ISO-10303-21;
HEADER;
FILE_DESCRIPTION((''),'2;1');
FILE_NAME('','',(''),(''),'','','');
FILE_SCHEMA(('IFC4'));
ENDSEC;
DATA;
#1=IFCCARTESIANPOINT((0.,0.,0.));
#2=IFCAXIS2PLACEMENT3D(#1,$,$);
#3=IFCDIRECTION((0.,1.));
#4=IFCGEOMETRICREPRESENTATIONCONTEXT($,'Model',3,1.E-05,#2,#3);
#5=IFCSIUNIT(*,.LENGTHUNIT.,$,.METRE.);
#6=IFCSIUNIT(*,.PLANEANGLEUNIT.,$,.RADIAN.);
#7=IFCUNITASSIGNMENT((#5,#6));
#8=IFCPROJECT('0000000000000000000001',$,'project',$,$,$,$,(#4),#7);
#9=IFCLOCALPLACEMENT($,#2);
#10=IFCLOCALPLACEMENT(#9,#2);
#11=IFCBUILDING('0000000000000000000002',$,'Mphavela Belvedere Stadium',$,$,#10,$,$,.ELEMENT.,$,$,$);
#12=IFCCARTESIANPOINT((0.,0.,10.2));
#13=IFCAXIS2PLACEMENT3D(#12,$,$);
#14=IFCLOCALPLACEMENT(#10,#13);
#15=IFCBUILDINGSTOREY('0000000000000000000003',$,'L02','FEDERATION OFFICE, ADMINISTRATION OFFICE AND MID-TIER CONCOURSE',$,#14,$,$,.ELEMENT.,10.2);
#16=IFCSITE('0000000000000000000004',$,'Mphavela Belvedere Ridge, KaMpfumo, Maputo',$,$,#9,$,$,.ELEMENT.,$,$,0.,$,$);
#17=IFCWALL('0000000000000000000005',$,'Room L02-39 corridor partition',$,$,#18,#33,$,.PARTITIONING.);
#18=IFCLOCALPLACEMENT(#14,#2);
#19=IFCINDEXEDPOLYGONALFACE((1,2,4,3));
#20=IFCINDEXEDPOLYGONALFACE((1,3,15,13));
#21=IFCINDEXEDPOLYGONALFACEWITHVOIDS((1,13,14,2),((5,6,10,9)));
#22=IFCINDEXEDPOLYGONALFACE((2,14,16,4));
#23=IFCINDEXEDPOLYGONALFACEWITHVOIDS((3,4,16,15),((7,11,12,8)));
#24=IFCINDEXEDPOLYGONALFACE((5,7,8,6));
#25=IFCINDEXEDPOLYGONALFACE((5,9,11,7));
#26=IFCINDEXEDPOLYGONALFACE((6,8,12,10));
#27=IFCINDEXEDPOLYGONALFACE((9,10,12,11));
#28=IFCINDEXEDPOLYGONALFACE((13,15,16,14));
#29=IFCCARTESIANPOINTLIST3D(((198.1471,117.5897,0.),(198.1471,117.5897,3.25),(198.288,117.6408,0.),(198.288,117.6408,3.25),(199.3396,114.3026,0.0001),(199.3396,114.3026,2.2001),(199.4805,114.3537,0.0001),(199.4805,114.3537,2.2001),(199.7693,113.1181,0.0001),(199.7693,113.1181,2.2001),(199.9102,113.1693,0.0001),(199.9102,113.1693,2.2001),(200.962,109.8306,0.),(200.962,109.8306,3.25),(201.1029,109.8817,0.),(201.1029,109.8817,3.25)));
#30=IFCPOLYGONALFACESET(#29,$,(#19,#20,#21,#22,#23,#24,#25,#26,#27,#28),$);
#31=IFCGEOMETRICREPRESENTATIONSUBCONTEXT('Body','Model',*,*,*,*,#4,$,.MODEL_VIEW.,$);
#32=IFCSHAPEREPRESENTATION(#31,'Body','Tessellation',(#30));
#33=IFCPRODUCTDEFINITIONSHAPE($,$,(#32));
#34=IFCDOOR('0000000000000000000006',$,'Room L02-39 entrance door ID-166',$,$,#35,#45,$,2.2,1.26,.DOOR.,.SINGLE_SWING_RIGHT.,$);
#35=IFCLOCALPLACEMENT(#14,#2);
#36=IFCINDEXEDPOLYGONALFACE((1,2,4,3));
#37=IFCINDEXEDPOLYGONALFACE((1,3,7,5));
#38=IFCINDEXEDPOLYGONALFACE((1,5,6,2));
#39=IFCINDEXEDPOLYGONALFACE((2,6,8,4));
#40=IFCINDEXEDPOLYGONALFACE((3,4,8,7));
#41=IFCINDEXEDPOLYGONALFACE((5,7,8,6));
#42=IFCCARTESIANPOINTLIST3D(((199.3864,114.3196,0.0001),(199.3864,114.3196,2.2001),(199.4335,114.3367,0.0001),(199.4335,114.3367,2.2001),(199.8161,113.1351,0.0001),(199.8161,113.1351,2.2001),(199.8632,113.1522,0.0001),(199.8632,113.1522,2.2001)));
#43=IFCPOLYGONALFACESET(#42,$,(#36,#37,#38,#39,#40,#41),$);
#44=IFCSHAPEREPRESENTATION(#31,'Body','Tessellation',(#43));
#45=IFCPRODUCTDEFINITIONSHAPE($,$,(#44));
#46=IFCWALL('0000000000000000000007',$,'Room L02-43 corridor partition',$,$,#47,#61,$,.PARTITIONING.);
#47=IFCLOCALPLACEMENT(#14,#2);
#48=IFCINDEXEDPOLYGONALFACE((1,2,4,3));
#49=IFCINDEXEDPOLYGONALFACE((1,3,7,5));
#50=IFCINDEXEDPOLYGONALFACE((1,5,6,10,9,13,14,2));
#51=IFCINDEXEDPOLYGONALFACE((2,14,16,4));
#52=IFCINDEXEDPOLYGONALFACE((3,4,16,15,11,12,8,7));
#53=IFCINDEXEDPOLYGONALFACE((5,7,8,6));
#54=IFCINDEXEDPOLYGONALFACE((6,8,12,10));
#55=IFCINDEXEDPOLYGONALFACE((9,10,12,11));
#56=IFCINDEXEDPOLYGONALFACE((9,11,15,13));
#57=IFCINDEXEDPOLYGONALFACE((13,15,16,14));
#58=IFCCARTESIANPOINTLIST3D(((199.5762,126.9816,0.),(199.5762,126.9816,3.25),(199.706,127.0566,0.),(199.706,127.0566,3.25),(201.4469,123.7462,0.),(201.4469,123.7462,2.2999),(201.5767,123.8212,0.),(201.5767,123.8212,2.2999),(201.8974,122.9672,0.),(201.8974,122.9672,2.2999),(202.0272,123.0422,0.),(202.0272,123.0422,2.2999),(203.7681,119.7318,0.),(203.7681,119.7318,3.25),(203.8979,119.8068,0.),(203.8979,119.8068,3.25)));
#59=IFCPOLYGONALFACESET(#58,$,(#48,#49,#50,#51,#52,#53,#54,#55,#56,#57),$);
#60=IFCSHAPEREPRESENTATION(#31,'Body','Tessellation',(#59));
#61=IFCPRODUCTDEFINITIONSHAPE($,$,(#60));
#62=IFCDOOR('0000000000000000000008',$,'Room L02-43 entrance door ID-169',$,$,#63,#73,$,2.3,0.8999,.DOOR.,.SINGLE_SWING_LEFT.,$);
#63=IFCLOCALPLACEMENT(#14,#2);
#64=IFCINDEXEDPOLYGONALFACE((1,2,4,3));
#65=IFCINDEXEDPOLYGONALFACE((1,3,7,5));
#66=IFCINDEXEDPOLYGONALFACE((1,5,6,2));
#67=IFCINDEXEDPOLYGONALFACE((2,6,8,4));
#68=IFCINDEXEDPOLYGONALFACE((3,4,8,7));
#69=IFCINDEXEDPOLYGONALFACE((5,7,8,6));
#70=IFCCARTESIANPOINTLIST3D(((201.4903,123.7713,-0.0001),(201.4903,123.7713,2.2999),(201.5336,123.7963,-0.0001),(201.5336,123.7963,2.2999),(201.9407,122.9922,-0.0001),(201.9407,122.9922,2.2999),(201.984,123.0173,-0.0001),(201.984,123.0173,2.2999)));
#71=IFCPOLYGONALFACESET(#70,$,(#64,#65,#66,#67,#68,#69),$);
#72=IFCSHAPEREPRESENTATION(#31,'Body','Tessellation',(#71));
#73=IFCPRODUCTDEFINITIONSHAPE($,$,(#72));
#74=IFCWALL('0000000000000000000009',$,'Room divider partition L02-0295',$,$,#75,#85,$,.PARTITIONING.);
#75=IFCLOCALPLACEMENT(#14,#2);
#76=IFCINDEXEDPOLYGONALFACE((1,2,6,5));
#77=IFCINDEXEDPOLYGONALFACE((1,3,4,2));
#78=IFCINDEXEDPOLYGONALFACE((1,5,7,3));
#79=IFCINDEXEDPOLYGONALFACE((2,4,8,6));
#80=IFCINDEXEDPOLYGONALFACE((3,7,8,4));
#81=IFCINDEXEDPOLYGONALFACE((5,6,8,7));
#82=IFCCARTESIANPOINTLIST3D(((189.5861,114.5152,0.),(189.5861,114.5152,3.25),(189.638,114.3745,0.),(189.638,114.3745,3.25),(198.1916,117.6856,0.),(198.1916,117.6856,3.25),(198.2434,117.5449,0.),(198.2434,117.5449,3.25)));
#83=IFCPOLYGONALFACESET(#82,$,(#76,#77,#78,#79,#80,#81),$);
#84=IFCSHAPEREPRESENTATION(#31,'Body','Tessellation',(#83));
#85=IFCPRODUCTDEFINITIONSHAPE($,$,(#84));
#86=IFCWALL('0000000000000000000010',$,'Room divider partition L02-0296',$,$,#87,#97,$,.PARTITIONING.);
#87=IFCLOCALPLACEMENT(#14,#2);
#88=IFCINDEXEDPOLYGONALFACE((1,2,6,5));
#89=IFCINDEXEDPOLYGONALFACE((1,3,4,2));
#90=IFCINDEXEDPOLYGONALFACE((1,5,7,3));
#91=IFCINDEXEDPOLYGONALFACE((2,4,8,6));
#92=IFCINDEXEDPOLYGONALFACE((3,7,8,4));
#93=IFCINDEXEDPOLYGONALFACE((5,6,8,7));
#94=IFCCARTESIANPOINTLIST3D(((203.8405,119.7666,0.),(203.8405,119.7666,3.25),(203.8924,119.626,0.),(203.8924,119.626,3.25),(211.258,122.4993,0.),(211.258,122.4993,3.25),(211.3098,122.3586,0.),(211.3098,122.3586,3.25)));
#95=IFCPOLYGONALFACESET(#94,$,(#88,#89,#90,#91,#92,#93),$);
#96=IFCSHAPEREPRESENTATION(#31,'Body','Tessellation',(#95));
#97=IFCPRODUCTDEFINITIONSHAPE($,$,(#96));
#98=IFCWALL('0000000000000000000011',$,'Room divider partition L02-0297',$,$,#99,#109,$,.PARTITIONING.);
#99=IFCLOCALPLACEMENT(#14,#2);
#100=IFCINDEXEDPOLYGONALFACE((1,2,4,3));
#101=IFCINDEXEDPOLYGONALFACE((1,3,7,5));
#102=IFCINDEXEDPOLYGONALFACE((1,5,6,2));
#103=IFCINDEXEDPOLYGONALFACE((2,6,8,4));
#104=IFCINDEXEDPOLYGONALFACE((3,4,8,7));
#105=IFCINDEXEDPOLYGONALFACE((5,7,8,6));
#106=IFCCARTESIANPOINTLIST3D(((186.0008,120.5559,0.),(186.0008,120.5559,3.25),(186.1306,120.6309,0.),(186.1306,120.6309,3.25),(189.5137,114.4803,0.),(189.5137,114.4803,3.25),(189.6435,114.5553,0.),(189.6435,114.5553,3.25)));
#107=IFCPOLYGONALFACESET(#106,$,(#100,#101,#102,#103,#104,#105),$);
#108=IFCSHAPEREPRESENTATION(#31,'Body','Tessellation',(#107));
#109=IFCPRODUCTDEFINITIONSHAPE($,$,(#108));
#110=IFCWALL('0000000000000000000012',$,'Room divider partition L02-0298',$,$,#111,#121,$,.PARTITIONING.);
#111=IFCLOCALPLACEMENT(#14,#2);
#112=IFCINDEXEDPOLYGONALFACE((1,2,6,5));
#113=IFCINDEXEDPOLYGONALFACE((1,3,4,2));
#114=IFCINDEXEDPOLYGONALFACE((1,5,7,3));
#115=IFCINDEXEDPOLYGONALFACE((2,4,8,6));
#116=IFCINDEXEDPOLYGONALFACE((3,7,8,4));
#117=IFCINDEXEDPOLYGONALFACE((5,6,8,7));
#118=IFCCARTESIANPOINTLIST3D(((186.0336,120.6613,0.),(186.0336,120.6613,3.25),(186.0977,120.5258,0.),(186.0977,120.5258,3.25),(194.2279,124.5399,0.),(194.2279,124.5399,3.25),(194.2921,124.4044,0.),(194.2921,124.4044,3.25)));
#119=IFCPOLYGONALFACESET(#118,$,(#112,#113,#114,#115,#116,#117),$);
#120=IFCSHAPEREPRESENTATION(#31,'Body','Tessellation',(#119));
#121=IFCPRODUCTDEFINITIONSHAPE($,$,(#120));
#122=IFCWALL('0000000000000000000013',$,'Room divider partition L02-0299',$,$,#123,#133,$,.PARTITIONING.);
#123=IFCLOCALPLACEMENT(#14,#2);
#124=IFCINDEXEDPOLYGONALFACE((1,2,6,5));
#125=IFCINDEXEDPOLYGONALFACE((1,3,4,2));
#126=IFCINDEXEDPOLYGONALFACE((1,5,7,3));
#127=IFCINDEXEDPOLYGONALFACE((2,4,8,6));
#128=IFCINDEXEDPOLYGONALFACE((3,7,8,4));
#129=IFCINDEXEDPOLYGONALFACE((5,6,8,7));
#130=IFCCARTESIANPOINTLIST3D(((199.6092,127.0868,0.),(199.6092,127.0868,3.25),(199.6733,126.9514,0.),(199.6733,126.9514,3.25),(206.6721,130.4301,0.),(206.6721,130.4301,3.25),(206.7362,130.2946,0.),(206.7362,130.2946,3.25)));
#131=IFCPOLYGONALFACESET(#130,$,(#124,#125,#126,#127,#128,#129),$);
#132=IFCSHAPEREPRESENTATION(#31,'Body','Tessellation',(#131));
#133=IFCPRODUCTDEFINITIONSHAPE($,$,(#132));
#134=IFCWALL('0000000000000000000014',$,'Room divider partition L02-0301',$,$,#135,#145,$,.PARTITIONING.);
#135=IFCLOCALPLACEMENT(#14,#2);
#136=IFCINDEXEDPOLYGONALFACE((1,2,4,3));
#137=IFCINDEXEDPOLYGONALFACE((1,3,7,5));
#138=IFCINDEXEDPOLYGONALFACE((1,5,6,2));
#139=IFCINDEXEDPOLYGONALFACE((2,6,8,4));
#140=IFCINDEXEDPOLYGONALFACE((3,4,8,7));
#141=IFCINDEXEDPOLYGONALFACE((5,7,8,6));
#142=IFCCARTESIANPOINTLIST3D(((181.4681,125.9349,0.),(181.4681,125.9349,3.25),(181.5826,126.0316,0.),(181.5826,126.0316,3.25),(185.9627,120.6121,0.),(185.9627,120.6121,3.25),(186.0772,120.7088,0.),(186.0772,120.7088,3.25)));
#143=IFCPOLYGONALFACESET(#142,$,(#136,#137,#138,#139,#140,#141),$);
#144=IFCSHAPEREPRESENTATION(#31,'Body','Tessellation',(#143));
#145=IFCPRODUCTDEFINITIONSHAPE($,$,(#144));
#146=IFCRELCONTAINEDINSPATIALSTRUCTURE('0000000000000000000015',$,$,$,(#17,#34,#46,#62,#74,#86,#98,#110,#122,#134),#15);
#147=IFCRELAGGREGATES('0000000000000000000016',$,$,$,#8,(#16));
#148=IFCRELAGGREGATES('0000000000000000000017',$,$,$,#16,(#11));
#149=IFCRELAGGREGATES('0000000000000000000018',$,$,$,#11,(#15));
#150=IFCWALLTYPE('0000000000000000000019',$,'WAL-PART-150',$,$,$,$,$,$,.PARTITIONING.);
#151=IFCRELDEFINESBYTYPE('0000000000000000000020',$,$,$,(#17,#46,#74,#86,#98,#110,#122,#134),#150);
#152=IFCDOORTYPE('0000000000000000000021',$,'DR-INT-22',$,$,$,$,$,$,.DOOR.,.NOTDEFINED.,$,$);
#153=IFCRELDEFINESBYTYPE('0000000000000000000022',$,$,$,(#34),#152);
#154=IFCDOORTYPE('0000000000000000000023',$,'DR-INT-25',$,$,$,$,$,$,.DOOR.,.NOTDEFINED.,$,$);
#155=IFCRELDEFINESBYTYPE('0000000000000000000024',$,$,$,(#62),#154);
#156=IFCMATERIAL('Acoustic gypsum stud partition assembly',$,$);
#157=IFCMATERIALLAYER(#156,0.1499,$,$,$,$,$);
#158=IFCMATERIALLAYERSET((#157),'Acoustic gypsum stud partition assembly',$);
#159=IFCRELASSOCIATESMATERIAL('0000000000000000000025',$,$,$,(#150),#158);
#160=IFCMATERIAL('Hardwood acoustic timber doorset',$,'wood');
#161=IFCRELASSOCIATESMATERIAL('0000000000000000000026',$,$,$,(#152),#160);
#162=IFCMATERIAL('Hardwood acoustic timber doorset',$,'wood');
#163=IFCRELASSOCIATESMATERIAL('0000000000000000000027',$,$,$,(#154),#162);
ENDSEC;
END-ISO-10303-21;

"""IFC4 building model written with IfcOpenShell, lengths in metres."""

from ifc_helpers import new_model, si_unit, direction, frame, frame_2d, origin, place, context, subcontext, project, spatial, rectangle, extrude, material, layer, layer_set, type_object, element, fill, save


model = new_model("IFC4")

# Units and contexts
model_context = context("Model", 3, precision=1e-05, world=origin(), true_north=direction((0.0, 1.0)))
body_context = subcontext(model_context, "Body", "Model", "MODEL_VIEW")
ifc_project = project(units=[si_unit("LENGTHUNIT", "METRE"), si_unit("PLANEANGLEUNIT", "RADIAN")], contexts=[model_context])

# Site, building, storey
site_placement = place(None, origin())
site = spatial("IfcSite", under=ifc_project, at=site_placement, Name="Mphavela Belvedere Ridge, KaMpfumo, Maputo", CompositionType="ELEMENT", RefElevation=0.0)
building_placement = place(site_placement, origin())
building = spatial("IfcBuilding", under=site, at=building_placement, Name="Mphavela Belvedere Stadium", CompositionType="ELEMENT")
storey_placement = place(building_placement, frame((0.0, 0.0, 10.2)))
storey = spatial("IfcBuildingStorey", under=building, at=storey_placement, Name="L02", Description="FEDERATION OFFICE, ADMINISTRATION OFFICE AND MID-TIER CONCOURSE", CompositionType="ELEMENT", Elevation=10.2)

# Walls, openings, doors
ifc_material_1 = material(Name="Acoustic gypsum stud partition assembly")
ifc_layer_1 = layer(ifc_material_1, 0.1499)
ifc_layer_set_1 = layer_set([ifc_layer_1], Name="Acoustic gypsum stud partition assembly")
wall_type_1 = type_object("IfcWallType", Name="WAL-PART-150", PredefinedType="PARTITIONING", material=ifc_layer_set_1)
wall_1_placement = place(storey_placement, frame((198.2175, 117.6152, 0.0), z_axis=(0.0, 0.0, 1.0), x_axis=(0.341045, -0.940047, 0.0)))
wall_1 = element("IfcWall", 1, at=wall_1_placement, inside=storey, type_object=wall_type_1, Name="Room L02-39 corridor partition", PredefinedType="PARTITIONING", context=body_context, shape_type="SweptSolid", body=[
    extrude(rectangle(XDim=8.2539, YDim=0.1499, at=frame_2d((4.127, 0.0))), origin(), (0.0, 0.0, 1.0), 3.25),
])
opening_1_placement = place(wall_1_placement, frame((3.4968, 0.0, 0.0)))
opening_1 = element("IfcOpeningElement", 2, at=opening_1_placement, cuts=wall_1, PredefinedType="OPENING", context=body_context, shape_type="SweptSolid", body=[
    extrude(rectangle(XDim=1.26, YDim=2.2, at=frame_2d((0.6299, 1.1001))), frame((0.0, 0.085, 0.0), z_axis=(0.0, -1.0, 0.0), x_axis=(1.0, 0.0, 0.0)), (0.0, 0.0, 1.0), 0.1699),
])
ifc_material_2 = material(Name="Hardwood acoustic timber doorset", Category="wood")
door_type_1 = type_object("IfcDoorType", Name="DR-INT-22", OperationType="NOTDEFINED", PredefinedType="DOOR", material=ifc_material_2)
door_1_placement = place(opening_1_placement, origin())
door_1 = element("IfcDoor", 3, at=door_1_placement, inside=storey, type_object=door_type_1, Name="Room L02-39 entrance door ID-166", OperationType="SINGLE_SWING_RIGHT", OverallHeight=2.2, OverallWidth=1.26, PredefinedType="DOOR", context=body_context, shape_type="SweptSolid", body=[
    extrude(rectangle(XDim=1.26, YDim=2.2, at=frame_2d((0.6299, 1.1001))), frame((0.0, 0.0249, 0.0), z_axis=(0.0, -1.0, 0.0), x_axis=(1.0, 0.0, 0.0)), (0.0, 0.0, 1.0), 0.05),
])
fill(opening_1, door_1)
wall_2_placement = place(storey_placement, frame((203.833, 119.7693, 0.0), z_axis=(0.0, 0.0, 1.0), x_axis=(-0.500559, 0.865702, 0.0)))
wall_2 = element("IfcWall", 4, at=wall_2_placement, inside=storey, type_object=wall_type_1, Name="Room L02-43 corridor partition", PredefinedType="PARTITIONING", context=body_context, shape_type="SweptSolid", body=[
    extrude(rectangle(XDim=8.3745, YDim=0.1499, at=frame_2d((4.1873, 0.0))), origin(), (0.0, 0.0, 1.0), 3.25),
])
opening_2_placement = place(wall_2_placement, frame((3.7373, 0.0, 0.0)))
opening_2 = element("IfcOpeningElement", 5, at=opening_2_placement, cuts=wall_2, PredefinedType="OPENING", context=body_context, shape_type="SweptSolid", body=[
    extrude(rectangle(XDim=0.8999, YDim=2.3, at=frame_2d((0.45, 1.1499))), frame((0.0, 0.085, 0.0), z_axis=(0.0, -1.0, 0.0), x_axis=(1.0, 0.0, 0.0)), (0.0, 0.0, 1.0), 0.1699),
])
ifc_material_3 = material(Name="Hardwood acoustic timber doorset", Category="wood")
door_type_2 = type_object("IfcDoorType", Name="DR-INT-25", OperationType="NOTDEFINED", PredefinedType="DOOR", material=ifc_material_3)
door_2_placement = place(opening_2_placement, origin())
door_2 = element("IfcDoor", 6, at=door_2_placement, inside=storey, type_object=door_type_2, Name="Room L02-43 entrance door ID-169", OperationType="SINGLE_SWING_LEFT", OverallHeight=2.3, OverallWidth=0.8999, PredefinedType="DOOR", context=body_context, shape_type="SweptSolid", body=[
    extrude(rectangle(XDim=0.8999, YDim=2.3, at=frame_2d((0.45, 1.1499))), frame((0.0, 0.0249, 0.0), z_axis=(0.0, -1.0, 0.0), x_axis=(1.0, 0.0, 0.0)), (0.0, 0.0, 1.0), 0.05),
])
fill(opening_2, door_2)

# Walls
wall_3_placement = place(storey_placement, frame((189.6121, 114.4448, 0.0), z_axis=(0.0, 0.0, 1.0), x_axis=(0.938344, 0.345703, 0.0)))
element("IfcWall", 7, at=wall_3_placement, inside=storey, type_object=wall_type_1, Name="Room divider partition L02-0295", PredefinedType="PARTITIONING", context=body_context, shape_type="SweptSolid", body=[
    extrude(rectangle(XDim=9.1709, YDim=0.1499, at=frame_2d((4.5854, 0.0))), origin(), (0.0, 0.0, 1.0), 3.25),
])
wall_4_placement = place(storey_placement, frame((203.8665, 119.6963, 0.0), z_axis=(0.0, 0.0, 1.0), x_axis=(0.938347, 0.345695, 0.0)))
element("IfcWall", 8, at=wall_4_placement, inside=storey, type_object=wall_type_1, Name="Room divider partition L02-0296", PredefinedType="PARTITIONING", context=body_context, shape_type="SweptSolid", body=[
    extrude(rectangle(XDim=7.9048, YDim=0.1499, at=frame_2d((3.9524, 0.0))), origin(), (0.0, 0.0, 1.0), 3.25),
])
wall_5_placement = place(storey_placement, frame((189.5786, 114.5178, 0.0), z_axis=(0.0, 0.0, 1.0), x_axis=(-0.500549, 0.865708, 0.0)))
element("IfcWall", 9, at=wall_5_placement, inside=storey, type_object=wall_type_1, Name="Room divider partition L02-0297", PredefinedType="PARTITIONING", context=body_context, shape_type="SweptSolid", body=[
    extrude(rectangle(XDim=7.0181, YDim=0.1499, at=frame_2d((3.509, 0.0))), origin(), (0.0, 0.0, 1.0), 3.25),
])
wall_6_placement = place(storey_placement, frame((186.0657, 120.5935, 0.0), z_axis=(0.0, 0.0, 1.0), x_axis=(0.90386, 0.427828, 0.0)))
element("IfcWall", 10, at=wall_6_placement, inside=storey, type_object=wall_type_1, Name="Room divider partition L02-0298", PredefinedType="PARTITIONING", context=body_context, shape_type="SweptSolid", body=[
    extrude(rectangle(XDim=9.0659, YDim=0.1499, at=frame_2d((4.533, 0.0))), origin(), (0.0, 0.0, 1.0), 3.25),
])
wall_7_placement = place(storey_placement, frame((199.6411, 127.019, 0.0), z_axis=(0.0, 0.0, 1.0), x_axis=(0.903855, 0.427839, 0.0)))
element("IfcWall", 11, at=wall_7_placement, inside=storey, type_object=wall_type_1, Name="Room divider partition L02-0299", PredefinedType="PARTITIONING", context=body_context, shape_type="SweptSolid", body=[
    extrude(rectangle(XDim=7.8142, YDim=0.1499, at=frame_2d((3.9072, 0.0))), origin(), (0.0, 0.0, 1.0), 3.25),
])
wall_8_placement = place(storey_placement, frame((186.02, 120.6604, 0.0), z_axis=(0.0, 0.0, 1.0), x_axis=(-0.645169, 0.76404, 0.0)))
element("IfcWall", 12, at=wall_8_placement, inside=storey, type_object=wall_type_1, Name="Room divider partition L02-0301", PredefinedType="PARTITIONING", context=body_context, shape_type="SweptSolid", body=[
    extrude(rectangle(XDim=6.9666, YDim=0.1499, at=frame_2d((3.4834, 0.0))), origin(), (0.0, 0.0, 1.0), 3.25),
])

save(model, "model.ifc")
